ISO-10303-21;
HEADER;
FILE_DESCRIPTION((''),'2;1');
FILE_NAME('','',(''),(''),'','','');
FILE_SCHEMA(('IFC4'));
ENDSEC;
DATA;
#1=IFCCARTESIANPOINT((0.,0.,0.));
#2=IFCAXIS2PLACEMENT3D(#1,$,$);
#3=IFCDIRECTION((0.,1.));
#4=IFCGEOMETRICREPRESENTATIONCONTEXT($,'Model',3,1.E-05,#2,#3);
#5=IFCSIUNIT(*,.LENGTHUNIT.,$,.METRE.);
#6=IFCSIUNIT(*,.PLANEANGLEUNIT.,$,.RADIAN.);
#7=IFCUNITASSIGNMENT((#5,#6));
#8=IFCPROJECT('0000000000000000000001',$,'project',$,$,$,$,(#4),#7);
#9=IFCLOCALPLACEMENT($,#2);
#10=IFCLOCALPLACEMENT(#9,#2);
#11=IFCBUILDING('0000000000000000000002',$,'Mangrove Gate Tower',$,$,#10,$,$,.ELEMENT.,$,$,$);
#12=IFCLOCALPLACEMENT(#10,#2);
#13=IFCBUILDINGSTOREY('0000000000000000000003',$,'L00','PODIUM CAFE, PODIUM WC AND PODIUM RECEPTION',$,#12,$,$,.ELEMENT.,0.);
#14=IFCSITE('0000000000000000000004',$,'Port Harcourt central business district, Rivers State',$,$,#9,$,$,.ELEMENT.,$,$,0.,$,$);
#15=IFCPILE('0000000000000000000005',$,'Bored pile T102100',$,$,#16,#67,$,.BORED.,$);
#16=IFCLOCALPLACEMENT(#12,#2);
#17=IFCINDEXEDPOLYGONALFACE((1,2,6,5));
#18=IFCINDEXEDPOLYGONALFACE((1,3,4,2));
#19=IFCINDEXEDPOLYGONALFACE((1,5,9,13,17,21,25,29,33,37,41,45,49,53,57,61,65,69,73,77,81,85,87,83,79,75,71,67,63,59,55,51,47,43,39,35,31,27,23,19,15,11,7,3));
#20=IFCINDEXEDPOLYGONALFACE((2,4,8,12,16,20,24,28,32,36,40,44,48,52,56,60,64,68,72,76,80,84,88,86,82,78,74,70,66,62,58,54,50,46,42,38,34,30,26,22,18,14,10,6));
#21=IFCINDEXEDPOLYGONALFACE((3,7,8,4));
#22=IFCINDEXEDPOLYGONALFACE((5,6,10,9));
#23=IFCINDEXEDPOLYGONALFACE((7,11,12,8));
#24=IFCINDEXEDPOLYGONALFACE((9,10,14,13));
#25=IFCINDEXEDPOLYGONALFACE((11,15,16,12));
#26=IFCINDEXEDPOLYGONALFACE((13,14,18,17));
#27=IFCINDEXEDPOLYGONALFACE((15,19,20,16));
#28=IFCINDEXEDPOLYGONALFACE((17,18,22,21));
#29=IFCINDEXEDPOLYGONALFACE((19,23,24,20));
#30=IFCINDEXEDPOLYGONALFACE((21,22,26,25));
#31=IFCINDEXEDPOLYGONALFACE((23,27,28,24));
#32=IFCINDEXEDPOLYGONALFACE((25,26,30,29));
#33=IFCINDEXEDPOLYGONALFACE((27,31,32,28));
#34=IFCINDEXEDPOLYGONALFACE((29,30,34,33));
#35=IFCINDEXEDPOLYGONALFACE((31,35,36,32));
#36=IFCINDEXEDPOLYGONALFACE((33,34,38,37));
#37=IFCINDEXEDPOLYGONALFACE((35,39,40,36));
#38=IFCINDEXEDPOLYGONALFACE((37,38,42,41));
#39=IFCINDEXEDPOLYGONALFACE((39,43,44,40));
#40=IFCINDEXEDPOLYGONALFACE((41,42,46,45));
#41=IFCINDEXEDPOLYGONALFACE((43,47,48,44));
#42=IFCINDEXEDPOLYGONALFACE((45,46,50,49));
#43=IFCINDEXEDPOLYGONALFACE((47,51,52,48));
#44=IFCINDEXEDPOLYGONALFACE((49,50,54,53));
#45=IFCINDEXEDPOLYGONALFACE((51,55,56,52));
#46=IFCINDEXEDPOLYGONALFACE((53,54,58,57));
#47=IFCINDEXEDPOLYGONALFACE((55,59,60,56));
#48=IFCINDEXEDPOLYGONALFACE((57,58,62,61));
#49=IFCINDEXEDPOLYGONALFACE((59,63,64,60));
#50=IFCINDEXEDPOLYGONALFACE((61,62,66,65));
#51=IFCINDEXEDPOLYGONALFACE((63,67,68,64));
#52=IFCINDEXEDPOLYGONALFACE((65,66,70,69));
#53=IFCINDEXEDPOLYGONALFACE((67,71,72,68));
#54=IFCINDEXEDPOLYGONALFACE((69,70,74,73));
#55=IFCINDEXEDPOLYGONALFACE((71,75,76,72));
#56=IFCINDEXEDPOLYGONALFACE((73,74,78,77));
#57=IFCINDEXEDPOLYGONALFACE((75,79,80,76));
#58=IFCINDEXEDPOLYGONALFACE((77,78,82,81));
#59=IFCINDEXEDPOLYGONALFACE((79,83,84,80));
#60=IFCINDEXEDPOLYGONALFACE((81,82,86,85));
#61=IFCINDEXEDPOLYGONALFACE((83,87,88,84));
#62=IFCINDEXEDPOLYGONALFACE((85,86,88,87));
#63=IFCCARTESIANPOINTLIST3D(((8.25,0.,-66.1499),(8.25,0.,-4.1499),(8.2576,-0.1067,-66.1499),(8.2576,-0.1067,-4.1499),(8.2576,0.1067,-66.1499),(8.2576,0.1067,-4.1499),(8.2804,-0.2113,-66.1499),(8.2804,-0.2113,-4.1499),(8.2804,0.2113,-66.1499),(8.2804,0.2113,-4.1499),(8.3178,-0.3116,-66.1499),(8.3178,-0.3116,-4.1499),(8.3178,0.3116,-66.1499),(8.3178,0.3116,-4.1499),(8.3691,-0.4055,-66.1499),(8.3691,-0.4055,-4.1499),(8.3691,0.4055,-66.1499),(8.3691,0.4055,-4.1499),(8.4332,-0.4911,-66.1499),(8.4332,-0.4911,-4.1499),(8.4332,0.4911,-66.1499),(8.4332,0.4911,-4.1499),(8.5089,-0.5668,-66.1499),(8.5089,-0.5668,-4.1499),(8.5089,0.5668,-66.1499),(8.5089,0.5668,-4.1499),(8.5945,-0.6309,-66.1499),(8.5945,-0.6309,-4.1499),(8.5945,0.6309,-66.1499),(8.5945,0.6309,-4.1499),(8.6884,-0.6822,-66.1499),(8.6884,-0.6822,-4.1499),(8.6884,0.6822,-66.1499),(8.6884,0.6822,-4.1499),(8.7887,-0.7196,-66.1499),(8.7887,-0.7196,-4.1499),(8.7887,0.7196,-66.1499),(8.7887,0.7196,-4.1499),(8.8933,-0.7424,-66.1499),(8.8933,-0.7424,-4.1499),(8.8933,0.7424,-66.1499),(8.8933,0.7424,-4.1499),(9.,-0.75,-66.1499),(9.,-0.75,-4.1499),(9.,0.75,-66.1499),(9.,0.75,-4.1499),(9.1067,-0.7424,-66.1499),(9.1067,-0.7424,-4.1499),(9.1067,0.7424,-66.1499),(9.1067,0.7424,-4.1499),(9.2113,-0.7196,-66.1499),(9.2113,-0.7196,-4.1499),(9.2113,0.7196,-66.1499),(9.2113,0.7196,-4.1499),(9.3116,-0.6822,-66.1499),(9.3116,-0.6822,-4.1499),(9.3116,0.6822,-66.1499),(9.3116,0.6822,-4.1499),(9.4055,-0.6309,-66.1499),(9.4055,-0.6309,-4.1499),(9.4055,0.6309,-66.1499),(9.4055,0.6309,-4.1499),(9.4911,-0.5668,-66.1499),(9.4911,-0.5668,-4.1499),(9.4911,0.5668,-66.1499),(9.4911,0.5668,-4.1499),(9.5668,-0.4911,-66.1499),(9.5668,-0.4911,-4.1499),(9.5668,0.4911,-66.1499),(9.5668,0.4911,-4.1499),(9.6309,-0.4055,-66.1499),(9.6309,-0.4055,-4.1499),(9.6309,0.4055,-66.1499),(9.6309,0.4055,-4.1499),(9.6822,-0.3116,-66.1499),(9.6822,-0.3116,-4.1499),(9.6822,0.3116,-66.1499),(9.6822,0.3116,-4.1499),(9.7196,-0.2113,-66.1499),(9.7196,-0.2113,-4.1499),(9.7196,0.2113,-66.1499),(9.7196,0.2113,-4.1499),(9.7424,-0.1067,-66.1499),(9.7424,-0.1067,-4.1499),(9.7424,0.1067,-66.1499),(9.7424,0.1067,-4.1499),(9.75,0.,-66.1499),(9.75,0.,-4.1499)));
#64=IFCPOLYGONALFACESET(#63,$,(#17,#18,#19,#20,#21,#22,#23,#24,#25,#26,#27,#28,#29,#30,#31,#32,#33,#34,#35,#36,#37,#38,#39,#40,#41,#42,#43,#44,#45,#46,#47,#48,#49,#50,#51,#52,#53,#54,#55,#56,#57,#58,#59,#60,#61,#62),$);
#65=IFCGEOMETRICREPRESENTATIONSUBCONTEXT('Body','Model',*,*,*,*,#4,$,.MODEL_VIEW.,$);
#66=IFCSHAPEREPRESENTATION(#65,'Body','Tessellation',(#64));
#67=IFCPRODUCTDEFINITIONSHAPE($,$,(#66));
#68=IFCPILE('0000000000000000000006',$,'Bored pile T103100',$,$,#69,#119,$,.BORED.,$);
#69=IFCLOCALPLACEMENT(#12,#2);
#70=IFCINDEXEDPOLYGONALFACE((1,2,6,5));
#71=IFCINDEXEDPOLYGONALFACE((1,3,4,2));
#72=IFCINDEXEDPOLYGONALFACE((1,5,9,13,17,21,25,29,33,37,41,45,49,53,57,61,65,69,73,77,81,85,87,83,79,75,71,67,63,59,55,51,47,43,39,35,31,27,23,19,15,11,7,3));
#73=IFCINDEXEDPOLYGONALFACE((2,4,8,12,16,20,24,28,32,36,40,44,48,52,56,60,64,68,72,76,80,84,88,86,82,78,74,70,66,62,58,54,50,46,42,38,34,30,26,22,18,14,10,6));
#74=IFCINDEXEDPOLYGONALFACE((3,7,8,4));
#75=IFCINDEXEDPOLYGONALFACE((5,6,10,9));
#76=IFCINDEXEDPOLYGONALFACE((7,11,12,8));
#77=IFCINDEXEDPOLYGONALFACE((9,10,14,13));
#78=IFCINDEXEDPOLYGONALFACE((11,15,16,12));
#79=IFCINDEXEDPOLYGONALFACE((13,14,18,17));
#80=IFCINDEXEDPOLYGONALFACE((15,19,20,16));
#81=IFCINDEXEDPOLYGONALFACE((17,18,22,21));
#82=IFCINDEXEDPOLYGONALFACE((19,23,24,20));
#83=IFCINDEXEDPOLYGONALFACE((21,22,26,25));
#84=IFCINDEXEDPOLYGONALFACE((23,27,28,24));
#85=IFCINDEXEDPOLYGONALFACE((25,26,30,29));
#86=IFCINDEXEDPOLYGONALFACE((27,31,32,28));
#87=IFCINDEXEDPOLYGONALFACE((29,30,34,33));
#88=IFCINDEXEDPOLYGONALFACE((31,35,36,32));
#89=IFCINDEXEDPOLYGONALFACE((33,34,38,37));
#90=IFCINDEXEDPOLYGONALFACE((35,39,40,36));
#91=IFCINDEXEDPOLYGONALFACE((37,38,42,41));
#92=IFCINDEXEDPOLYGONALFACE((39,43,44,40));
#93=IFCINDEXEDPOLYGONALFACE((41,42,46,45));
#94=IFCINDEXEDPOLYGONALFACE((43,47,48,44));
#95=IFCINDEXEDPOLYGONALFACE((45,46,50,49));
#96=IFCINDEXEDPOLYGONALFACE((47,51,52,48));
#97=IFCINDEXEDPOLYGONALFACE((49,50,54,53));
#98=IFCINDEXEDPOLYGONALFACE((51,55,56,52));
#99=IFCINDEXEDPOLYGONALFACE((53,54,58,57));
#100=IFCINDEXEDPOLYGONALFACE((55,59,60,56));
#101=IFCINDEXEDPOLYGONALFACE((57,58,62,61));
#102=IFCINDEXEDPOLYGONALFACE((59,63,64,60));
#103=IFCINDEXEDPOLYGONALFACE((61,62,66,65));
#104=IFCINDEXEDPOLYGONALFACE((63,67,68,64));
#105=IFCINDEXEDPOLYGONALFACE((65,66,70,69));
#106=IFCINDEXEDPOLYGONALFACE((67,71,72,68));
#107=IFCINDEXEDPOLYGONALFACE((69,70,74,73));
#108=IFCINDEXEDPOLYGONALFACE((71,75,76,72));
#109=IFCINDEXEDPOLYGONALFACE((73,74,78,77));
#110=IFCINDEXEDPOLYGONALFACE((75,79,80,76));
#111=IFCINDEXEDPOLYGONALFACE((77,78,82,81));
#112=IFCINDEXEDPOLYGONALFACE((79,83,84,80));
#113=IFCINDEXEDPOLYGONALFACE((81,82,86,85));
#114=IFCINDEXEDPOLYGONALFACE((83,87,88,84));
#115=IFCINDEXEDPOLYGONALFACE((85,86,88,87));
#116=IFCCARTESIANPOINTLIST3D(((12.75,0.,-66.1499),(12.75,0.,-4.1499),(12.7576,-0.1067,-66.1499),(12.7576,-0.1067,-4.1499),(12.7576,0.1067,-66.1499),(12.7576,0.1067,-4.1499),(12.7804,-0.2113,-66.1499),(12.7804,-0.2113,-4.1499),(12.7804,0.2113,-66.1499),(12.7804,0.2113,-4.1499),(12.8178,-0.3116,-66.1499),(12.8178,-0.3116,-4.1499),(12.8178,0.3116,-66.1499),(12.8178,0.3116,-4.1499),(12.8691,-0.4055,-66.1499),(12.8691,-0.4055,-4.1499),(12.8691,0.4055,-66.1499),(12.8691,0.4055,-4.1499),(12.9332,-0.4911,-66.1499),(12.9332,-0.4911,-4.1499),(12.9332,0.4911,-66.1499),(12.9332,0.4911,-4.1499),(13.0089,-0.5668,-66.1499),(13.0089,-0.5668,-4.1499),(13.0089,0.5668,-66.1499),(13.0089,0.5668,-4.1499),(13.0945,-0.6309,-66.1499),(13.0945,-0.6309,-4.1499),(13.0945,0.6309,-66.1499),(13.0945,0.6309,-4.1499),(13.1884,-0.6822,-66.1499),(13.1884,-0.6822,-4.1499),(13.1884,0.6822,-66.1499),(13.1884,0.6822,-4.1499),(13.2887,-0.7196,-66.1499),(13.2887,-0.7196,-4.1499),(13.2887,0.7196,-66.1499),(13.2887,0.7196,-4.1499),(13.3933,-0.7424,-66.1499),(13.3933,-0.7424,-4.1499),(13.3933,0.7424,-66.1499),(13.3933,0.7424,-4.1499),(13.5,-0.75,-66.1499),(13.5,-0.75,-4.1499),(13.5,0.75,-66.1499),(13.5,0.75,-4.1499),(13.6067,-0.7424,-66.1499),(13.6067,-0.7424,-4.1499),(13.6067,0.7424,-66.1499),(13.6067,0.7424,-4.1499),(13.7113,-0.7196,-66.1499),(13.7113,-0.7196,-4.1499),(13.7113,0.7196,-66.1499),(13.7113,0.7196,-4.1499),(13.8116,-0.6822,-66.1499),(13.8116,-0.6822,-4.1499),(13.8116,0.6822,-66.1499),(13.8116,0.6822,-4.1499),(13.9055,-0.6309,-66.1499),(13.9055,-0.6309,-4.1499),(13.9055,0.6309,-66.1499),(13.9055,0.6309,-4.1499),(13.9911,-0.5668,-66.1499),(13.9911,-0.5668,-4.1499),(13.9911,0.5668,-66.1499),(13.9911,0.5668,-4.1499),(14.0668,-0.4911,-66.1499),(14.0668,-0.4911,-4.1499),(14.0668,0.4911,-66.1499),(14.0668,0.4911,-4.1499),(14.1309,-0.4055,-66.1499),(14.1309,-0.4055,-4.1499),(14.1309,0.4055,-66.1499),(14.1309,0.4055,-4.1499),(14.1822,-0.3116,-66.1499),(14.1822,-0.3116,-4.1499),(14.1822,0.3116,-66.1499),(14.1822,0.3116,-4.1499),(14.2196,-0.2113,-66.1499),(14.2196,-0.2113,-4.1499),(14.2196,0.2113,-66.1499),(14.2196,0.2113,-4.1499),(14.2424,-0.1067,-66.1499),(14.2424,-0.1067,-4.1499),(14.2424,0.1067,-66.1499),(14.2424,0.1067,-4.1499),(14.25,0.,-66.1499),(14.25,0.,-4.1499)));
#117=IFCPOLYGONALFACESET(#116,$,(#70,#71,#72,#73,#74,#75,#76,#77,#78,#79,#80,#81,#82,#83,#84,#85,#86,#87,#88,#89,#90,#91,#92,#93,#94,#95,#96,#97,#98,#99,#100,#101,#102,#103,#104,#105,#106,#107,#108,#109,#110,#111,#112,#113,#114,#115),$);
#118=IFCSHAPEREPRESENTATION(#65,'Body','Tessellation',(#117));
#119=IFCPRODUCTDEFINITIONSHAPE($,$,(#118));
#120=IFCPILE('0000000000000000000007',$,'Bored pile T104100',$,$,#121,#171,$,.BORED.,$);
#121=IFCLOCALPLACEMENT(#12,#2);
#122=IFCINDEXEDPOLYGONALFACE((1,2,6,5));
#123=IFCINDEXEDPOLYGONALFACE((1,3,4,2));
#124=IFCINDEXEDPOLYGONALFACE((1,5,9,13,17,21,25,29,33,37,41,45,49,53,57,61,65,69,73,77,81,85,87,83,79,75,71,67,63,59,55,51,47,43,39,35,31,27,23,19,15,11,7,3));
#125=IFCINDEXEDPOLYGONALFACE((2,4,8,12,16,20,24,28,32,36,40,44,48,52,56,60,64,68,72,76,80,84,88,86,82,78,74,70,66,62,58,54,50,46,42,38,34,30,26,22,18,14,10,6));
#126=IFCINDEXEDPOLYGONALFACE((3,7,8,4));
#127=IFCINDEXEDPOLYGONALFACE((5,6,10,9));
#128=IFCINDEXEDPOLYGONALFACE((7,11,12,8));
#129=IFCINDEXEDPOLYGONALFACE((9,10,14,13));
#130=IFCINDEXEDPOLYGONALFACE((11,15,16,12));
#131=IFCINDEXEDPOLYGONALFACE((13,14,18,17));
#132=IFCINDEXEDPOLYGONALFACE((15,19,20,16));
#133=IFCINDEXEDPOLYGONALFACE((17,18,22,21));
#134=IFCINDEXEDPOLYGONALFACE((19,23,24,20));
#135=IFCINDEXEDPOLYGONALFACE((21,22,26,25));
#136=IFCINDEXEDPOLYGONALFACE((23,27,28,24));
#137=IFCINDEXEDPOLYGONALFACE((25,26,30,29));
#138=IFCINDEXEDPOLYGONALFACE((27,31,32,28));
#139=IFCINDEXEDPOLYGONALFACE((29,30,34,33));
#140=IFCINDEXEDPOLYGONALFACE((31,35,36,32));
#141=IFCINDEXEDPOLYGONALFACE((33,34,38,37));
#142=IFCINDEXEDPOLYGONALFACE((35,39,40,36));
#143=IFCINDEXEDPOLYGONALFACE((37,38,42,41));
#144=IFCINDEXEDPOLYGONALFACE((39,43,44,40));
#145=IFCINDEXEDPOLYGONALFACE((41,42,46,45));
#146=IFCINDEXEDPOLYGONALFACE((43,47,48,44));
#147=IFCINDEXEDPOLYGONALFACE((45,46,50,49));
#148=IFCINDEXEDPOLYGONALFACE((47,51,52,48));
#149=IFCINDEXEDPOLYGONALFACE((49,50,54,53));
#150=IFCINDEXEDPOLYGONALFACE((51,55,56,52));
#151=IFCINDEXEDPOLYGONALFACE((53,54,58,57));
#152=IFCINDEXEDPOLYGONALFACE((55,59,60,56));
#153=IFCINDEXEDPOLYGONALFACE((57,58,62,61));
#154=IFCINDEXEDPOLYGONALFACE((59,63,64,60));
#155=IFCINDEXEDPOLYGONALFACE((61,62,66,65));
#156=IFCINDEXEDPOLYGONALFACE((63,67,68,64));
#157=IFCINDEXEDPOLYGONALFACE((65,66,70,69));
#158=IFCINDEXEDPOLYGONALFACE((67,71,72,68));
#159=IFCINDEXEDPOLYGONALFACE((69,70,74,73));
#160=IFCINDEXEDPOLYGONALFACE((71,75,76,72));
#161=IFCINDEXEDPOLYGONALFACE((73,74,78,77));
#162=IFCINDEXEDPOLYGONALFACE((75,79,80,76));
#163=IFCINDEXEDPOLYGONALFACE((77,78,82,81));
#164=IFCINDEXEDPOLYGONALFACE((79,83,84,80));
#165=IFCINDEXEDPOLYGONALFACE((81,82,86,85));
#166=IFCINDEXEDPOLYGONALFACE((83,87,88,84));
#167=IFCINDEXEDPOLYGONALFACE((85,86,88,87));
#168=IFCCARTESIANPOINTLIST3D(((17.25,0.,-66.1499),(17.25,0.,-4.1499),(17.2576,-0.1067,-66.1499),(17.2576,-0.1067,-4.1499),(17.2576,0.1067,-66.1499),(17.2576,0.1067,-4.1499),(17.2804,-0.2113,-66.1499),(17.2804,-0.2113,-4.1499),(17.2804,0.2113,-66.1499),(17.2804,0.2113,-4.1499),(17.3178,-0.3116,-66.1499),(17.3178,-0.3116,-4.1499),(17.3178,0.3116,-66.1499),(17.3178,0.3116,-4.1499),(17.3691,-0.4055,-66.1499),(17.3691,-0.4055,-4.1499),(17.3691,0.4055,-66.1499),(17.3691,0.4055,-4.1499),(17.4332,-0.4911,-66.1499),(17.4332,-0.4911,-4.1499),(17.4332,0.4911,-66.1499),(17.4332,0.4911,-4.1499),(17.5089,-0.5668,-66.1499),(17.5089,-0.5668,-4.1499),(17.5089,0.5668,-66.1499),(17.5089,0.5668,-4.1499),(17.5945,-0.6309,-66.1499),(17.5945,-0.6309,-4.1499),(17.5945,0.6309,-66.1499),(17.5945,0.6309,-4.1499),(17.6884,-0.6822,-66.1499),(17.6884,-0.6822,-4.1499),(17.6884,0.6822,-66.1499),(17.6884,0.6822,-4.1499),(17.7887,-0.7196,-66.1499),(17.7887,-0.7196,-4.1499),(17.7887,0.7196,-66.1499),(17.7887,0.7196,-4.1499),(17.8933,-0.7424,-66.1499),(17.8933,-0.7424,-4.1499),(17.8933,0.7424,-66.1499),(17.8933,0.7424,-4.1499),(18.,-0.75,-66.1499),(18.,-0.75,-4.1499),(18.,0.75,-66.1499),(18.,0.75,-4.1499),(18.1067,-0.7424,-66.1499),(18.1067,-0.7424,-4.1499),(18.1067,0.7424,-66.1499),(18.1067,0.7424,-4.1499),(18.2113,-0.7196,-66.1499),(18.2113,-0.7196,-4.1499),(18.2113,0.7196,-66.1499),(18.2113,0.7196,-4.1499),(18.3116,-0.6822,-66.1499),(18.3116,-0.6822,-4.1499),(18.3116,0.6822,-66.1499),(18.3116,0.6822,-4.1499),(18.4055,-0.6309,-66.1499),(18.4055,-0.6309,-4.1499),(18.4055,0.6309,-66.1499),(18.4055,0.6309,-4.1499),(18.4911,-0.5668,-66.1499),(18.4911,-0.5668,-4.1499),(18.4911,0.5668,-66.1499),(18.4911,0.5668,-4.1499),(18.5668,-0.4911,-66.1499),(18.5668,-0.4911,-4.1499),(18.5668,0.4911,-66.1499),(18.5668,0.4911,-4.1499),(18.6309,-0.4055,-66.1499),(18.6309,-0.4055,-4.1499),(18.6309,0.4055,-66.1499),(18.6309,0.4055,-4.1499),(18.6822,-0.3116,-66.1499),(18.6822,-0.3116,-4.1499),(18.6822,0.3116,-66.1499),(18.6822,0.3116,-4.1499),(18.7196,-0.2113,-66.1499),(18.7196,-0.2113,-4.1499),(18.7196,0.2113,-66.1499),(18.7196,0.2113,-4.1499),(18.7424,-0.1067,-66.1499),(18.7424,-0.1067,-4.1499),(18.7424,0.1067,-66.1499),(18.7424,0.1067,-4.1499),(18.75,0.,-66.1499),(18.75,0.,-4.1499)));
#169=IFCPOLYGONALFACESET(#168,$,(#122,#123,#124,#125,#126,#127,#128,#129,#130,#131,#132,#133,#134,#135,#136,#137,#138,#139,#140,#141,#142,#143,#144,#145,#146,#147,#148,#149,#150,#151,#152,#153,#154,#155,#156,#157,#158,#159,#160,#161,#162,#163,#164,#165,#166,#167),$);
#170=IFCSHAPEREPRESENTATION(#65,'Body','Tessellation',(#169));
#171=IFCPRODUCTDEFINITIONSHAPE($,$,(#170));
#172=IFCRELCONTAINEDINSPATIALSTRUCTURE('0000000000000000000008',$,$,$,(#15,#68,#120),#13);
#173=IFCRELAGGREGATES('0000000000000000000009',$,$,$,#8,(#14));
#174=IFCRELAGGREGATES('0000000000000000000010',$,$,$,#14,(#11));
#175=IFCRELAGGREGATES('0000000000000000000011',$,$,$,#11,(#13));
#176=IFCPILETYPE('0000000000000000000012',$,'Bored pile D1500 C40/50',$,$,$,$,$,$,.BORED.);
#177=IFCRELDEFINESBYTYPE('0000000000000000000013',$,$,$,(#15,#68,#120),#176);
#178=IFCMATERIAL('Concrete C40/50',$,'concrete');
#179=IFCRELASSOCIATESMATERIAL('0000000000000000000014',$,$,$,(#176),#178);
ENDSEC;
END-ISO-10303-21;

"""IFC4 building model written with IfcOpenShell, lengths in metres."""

from ifc_helpers import new_model, si_unit, direction, frame, origin, origin_2d, place, context, subcontext, project, spatial, circle, extrude, material, material_profile, profile_set, type_object, element, save


model = new_model("IFC4")

# Units and contexts
model_context = context("Model", 3, precision=1e-05, world=origin(), true_north=direction((0.0, 1.0)))
body_context = subcontext(model_context, "Body", "Model", "MODEL_VIEW")
ifc_project = project(units=[si_unit("LENGTHUNIT", "METRE"), si_unit("PLANEANGLEUNIT", "RADIAN")], contexts=[model_context])

# Site, building, storey
site_placement = place(None, origin())
site = spatial("IfcSite", under=ifc_project, at=site_placement, Name="Port Harcourt central business district, Rivers State", CompositionType="ELEMENT", RefElevation=0.0)
building_placement = place(site_placement, origin())
building = spatial("IfcBuilding", under=site, at=building_placement, Name="Mangrove Gate Tower", CompositionType="ELEMENT")
storey_placement = place(building_placement, origin())
storey = spatial("IfcBuildingStorey", under=building, at=storey_placement, Name="L00", Description="PODIUM CAFE, PODIUM WC AND PODIUM RECEPTION", CompositionType="ELEMENT", Elevation=0.0)

# Piles
ifc_material_1 = material(Name="Concrete C40/50", Category="concrete")
ifc_material_profile_1 = material_profile(ifc_material_1, circle(Radius=0.75, at=origin_2d()))
ifc_profile_set_1 = profile_set([ifc_material_profile_1], Name="Concrete C40/50")
pile_type = type_object("IfcPileType", Name="Bored pile D1500 C40/50", PredefinedType="BORED", material=ifc_profile_set_1)
for number, where, z_axis, x_axis, name in (
    (1, (9.0, 0.0, -4.1499), (0.0, 0.0, -1.0), (1.0, 0.0, 0.0), "Bored pile T102100"),
    (2, (13.5, 0.0, -4.1499), (0.0, 0.0, -1.0), (1.0, 0.0, 0.0), "Bored pile T103100"),
    (3, (18.0, 0.0, -4.1499), (0.0, 0.0, -1.0), (1.0, 0.0, 0.0), "Bored pile T104100"),
):
    element("IfcPile", number, at=place(storey_placement, frame(where, z_axis=z_axis, x_axis=x_axis)), inside=storey, type_object=pile_type, Name=name, PredefinedType="BORED", context=body_context, shape_type="SweptSolid", body=[
        extrude(circle(Radius=0.75, at=origin_2d()), origin(), (0.0, 0.0, 1.0), 62.0),
    ])

save(model, "model.ifc")
